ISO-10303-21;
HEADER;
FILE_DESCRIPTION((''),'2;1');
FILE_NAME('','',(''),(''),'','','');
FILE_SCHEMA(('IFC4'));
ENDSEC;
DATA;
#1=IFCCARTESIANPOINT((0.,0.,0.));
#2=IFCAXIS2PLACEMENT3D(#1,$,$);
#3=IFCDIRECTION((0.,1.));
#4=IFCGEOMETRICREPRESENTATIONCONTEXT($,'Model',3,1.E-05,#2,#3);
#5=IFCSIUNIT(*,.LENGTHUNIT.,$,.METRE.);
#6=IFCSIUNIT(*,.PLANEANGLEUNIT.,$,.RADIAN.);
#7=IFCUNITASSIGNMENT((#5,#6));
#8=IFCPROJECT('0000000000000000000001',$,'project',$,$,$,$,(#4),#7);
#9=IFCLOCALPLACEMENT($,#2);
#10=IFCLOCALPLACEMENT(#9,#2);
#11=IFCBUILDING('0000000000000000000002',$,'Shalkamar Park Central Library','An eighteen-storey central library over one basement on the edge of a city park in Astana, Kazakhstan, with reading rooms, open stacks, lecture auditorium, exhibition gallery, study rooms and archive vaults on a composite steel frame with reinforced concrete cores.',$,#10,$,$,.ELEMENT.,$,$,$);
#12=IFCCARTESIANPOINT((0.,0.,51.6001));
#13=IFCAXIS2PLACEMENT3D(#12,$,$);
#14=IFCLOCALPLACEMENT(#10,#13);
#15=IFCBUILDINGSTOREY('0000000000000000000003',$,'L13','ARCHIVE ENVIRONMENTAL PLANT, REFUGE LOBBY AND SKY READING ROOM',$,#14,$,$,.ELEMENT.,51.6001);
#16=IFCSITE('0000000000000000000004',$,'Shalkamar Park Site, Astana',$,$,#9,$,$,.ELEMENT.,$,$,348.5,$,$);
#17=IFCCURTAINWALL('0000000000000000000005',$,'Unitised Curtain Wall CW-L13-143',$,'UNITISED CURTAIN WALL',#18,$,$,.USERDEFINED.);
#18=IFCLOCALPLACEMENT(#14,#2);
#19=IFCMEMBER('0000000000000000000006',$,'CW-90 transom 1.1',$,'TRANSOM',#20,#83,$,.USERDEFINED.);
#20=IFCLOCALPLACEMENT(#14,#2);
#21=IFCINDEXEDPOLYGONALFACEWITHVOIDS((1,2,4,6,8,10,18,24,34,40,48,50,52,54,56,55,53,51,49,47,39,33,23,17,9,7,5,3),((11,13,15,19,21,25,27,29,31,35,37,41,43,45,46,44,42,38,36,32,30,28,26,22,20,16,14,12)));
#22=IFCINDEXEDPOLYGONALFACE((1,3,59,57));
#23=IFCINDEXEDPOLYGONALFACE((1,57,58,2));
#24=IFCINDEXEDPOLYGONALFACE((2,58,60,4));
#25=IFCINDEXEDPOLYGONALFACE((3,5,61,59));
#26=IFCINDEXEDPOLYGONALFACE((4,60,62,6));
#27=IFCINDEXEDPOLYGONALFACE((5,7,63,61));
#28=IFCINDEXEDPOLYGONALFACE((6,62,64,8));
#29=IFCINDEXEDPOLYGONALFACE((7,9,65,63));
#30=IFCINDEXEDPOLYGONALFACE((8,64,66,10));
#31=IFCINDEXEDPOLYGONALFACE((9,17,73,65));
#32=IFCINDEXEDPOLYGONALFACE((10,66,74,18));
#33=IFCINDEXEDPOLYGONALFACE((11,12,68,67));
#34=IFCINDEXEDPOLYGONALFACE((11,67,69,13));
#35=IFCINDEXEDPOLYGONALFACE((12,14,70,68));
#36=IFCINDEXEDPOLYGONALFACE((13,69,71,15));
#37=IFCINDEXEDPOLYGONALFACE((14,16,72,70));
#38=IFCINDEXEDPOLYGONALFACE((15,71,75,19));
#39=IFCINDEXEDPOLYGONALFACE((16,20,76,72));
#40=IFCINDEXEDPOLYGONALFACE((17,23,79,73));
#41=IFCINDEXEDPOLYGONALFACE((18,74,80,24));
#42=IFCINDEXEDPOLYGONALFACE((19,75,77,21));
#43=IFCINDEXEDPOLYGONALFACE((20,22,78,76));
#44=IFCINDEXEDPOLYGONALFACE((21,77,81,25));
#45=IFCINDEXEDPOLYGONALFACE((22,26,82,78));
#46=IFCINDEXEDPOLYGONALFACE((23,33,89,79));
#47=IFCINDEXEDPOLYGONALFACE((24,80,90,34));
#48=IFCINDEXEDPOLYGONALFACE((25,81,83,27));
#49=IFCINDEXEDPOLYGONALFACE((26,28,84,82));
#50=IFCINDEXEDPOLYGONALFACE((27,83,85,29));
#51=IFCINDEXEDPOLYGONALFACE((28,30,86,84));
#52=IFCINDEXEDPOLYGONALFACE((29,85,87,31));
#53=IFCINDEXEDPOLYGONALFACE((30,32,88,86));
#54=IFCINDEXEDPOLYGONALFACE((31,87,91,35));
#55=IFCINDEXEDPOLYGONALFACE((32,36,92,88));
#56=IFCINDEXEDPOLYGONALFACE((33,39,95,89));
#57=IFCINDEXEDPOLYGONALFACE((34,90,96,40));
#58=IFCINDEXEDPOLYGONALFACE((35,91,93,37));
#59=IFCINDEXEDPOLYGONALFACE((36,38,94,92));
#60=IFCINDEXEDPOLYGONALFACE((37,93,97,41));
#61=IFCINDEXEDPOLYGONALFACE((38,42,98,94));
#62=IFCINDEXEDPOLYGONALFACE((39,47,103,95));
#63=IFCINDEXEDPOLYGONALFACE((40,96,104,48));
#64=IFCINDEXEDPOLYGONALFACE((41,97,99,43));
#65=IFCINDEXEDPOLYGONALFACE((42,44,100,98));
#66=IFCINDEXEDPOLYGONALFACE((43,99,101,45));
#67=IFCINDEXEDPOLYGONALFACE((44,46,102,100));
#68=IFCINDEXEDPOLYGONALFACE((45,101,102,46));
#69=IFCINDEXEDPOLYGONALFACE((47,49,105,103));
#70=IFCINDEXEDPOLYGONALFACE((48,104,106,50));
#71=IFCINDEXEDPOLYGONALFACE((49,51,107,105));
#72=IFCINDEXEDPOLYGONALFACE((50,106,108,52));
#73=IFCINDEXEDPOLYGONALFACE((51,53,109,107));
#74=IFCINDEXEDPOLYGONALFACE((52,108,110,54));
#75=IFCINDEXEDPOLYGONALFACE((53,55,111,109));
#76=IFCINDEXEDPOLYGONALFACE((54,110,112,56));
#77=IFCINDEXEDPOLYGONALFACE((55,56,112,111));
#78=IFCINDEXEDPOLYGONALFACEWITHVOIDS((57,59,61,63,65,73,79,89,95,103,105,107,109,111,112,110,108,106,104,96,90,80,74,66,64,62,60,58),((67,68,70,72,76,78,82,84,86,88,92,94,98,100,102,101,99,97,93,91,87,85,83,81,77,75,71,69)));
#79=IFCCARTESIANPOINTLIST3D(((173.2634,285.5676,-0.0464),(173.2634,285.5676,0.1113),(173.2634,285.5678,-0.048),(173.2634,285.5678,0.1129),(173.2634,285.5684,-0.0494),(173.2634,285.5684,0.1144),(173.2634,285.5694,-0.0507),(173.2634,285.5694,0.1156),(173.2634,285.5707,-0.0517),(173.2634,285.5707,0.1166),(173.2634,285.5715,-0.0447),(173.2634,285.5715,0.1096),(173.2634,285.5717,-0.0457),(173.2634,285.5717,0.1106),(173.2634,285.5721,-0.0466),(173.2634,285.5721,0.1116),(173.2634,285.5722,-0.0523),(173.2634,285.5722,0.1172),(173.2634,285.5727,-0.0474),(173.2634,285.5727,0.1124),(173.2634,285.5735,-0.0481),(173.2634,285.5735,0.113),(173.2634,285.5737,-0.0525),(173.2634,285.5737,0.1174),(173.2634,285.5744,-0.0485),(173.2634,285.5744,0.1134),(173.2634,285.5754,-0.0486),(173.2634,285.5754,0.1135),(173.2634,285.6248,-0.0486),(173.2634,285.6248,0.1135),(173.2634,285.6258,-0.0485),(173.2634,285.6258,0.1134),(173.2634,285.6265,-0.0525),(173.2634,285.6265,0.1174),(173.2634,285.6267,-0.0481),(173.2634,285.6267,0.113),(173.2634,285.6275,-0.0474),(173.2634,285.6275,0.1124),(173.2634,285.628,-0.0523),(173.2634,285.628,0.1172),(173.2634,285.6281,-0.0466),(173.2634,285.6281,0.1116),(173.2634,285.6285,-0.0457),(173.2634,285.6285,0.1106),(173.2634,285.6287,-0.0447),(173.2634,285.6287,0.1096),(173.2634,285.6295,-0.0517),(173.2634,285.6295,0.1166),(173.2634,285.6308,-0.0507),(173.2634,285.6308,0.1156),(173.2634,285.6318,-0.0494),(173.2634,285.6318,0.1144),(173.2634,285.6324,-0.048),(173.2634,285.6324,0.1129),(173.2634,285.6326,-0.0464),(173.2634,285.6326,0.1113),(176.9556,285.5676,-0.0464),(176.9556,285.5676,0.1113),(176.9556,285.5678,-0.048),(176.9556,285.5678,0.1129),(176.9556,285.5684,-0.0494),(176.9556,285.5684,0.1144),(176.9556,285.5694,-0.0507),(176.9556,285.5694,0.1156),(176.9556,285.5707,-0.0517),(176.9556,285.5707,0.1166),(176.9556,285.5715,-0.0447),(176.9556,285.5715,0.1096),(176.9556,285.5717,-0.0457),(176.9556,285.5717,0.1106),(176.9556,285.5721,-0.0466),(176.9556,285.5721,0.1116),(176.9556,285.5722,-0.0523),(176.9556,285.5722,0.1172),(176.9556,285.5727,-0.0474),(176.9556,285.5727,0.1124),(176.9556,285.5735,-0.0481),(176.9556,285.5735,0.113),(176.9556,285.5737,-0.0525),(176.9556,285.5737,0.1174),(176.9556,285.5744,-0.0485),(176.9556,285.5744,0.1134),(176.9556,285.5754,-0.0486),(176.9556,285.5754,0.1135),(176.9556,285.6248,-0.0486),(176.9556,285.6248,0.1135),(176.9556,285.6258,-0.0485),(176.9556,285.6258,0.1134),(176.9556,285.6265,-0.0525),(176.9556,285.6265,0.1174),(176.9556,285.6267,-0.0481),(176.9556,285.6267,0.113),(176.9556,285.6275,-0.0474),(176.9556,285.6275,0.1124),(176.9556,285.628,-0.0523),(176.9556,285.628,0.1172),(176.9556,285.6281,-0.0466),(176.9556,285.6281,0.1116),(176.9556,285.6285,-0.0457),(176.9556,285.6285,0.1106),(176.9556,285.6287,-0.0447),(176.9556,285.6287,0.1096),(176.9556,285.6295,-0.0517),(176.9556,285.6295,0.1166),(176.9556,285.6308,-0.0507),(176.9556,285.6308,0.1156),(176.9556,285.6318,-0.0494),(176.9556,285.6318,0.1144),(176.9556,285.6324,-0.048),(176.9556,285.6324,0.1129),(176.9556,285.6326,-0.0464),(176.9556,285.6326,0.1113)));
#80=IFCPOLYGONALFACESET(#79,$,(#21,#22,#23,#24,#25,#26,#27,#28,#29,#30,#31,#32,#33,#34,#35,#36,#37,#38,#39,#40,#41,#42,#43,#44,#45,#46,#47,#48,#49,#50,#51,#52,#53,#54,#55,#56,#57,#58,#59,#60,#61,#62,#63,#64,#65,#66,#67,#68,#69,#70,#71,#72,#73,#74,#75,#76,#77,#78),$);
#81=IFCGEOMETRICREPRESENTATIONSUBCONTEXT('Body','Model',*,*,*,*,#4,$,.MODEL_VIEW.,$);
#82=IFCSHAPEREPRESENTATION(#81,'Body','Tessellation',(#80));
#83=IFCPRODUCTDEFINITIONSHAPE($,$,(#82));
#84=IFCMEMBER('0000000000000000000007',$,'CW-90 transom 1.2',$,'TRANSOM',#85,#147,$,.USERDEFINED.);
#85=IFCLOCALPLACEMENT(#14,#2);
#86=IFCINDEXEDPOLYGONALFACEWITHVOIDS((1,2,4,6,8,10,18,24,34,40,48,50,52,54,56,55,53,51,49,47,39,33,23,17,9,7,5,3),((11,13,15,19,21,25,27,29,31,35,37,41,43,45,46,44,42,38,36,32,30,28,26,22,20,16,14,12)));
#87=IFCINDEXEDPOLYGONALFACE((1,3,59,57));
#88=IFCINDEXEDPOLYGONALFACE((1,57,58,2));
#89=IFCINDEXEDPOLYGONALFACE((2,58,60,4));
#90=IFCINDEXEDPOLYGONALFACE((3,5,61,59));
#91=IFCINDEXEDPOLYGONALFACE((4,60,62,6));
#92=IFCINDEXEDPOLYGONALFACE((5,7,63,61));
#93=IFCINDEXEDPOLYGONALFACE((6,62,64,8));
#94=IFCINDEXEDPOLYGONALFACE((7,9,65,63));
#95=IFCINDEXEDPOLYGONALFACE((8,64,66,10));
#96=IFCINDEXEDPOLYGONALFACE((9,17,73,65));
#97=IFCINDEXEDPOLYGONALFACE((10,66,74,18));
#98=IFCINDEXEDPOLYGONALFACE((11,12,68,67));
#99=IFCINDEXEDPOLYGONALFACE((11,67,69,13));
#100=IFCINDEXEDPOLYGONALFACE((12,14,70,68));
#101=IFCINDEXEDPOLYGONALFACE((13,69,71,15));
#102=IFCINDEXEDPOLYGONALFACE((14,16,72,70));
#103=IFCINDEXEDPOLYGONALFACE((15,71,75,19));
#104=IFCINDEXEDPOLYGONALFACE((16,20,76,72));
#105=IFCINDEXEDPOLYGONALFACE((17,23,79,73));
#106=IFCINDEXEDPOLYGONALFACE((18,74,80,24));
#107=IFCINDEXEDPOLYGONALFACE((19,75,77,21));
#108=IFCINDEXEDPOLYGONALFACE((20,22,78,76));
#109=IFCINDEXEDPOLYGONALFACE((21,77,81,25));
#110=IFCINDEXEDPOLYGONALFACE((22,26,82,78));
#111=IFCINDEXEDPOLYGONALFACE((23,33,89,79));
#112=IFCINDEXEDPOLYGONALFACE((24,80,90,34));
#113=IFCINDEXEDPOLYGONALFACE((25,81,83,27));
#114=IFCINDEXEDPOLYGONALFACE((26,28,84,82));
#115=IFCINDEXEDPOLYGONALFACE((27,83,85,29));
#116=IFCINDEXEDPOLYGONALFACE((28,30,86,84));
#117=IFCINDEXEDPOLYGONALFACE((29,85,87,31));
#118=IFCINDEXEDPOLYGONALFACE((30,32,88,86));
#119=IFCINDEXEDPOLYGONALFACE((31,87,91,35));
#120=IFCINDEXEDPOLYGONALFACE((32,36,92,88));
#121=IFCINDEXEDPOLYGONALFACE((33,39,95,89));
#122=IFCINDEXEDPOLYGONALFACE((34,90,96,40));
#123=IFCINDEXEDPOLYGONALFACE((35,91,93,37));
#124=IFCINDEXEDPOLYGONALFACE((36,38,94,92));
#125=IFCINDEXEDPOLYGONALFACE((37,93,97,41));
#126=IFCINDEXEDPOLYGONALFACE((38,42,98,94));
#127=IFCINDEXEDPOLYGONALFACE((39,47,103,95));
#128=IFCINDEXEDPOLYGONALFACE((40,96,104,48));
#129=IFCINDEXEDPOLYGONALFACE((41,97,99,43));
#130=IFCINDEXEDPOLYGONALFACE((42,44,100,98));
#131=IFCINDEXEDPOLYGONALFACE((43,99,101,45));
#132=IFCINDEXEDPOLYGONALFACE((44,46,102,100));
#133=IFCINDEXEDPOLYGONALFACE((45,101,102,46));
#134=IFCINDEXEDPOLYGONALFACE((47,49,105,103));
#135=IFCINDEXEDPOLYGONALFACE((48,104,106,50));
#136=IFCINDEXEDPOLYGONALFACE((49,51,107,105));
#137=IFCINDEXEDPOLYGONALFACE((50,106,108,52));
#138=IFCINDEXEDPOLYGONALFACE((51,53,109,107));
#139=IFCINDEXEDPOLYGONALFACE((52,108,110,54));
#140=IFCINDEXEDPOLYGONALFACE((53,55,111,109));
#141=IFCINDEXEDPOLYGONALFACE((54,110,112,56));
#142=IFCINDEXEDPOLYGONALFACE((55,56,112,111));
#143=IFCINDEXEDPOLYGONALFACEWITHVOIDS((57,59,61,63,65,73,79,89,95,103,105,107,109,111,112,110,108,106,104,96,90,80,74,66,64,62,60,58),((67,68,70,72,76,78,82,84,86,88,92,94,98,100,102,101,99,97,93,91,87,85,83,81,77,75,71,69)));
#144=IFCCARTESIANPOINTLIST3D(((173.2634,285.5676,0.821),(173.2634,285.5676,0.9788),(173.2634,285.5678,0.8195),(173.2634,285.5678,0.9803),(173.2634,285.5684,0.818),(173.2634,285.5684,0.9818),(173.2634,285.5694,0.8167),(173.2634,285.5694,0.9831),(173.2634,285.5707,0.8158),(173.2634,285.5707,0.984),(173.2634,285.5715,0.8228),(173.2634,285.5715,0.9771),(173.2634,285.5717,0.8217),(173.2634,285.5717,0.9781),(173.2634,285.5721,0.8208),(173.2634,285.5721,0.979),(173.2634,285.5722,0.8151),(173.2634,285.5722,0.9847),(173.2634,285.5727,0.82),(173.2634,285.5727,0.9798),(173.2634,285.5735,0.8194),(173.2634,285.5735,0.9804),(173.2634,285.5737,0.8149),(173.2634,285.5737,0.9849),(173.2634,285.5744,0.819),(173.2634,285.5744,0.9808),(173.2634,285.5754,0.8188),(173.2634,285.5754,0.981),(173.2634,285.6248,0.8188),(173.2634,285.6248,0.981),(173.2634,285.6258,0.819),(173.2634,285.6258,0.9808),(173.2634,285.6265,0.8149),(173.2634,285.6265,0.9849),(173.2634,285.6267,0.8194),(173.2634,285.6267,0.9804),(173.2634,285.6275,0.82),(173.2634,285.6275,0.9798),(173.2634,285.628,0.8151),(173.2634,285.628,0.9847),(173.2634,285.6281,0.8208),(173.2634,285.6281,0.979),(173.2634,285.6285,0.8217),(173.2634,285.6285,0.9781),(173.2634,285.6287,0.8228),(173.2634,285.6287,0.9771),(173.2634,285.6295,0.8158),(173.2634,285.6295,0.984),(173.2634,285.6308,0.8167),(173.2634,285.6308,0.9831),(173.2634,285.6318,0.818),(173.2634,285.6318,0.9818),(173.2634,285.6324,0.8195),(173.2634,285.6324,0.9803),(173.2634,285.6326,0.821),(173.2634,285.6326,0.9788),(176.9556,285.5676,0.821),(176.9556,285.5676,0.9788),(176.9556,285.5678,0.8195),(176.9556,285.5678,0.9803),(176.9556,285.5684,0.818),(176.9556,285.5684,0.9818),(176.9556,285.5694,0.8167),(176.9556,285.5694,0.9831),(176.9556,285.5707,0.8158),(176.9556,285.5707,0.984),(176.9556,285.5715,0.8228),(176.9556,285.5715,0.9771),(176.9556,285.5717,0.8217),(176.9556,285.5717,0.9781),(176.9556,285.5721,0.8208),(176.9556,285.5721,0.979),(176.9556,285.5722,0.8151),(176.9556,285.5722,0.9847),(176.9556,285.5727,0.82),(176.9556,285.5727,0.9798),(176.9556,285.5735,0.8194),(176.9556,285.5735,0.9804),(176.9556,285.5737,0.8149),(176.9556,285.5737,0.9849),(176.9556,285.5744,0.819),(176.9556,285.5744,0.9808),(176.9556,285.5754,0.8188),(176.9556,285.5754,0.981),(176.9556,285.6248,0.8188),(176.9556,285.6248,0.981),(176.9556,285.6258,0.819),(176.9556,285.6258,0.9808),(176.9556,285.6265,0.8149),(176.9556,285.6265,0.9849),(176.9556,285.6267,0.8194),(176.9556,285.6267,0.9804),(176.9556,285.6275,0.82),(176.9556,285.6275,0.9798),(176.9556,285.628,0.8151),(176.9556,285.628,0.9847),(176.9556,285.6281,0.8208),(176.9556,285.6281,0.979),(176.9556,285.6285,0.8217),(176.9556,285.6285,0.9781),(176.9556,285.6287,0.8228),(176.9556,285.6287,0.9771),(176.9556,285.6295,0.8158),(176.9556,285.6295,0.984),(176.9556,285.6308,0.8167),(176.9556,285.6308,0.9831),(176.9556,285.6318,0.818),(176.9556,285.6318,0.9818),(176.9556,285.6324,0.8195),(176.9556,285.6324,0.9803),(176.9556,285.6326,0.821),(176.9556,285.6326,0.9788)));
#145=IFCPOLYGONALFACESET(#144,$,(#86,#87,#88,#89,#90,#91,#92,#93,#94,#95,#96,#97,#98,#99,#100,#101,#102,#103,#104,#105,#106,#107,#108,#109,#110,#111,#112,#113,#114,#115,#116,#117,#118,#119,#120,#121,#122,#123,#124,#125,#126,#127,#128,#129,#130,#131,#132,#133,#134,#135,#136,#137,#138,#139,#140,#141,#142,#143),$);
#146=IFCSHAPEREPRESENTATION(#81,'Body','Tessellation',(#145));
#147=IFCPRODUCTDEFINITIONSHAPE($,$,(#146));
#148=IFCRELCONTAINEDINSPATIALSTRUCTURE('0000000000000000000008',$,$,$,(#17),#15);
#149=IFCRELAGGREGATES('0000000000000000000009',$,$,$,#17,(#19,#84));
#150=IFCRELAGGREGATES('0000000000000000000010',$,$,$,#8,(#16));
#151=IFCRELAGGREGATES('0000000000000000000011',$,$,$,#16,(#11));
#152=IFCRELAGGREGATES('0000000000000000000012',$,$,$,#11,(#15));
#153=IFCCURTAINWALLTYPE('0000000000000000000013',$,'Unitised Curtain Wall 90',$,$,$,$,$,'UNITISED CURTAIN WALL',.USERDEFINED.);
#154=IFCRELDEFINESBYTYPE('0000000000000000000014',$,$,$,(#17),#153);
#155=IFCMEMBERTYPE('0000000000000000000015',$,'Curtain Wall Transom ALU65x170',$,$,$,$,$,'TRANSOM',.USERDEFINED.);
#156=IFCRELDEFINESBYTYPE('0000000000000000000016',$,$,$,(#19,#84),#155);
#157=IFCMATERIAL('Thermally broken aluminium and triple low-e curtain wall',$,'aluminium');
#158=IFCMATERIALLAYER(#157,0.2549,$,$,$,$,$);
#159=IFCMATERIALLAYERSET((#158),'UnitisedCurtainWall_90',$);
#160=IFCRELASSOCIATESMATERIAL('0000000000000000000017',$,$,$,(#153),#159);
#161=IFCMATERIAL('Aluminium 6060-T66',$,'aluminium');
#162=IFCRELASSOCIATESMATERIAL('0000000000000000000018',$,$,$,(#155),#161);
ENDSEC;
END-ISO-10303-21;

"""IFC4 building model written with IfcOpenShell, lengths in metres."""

from ifc_helpers import new_model, si_unit, direction, frame, origin, origin_2d, place, context, subcontext, project, spatial, hollow_rectangle, extrude, material, layer, layer_set, material_profile, profile_set, type_object, element, aggregate, save


model = new_model("IFC4")

# Units and contexts
model_context = context("Model", 3, precision=1e-05, world=origin(), true_north=direction((0.0, 1.0)))
body_context = subcontext(model_context, "Body", "Model", "MODEL_VIEW")
ifc_project = project(units=[si_unit("LENGTHUNIT", "METRE"), si_unit("PLANEANGLEUNIT", "RADIAN")], contexts=[model_context])

# Site, building, storey
site_placement = place(None, origin())
site = spatial("IfcSite", under=ifc_project, at=site_placement, Name="Shalkamar Park Site, Astana", CompositionType="ELEMENT", RefElevation=348.5)
building_placement = place(site_placement, origin())
building = spatial("IfcBuilding", under=site, at=building_placement, Name="Shalkamar Park Central Library", Description="An eighteen-storey central library over one basement on the edge of a city park in Astana, Kazakhstan, with reading rooms, open stacks, lecture auditorium, exhibition gallery, study rooms and archive vaults on a composite steel frame with reinforced concrete cores.", CompositionType="ELEMENT")
storey_placement = place(building_placement, frame((0.0, 0.0, 51.6001)))
storey = spatial("IfcBuildingStorey", under=building, at=storey_placement, Name="L13", Description="ARCHIVE ENVIRONMENTAL PLANT, REFUGE LOBBY AND SKY READING ROOM", CompositionType="ELEMENT", Elevation=51.6001)

# Shared definitions
ifc_material_1 = material(Name="Thermally broken aluminium and triple low-e curtain wall", Category="aluminium")
ifc_material_2 = material(Name="Aluminium 6060-T66", Category="aluminium")

# Curtain wall
ifc_layer_1 = layer(ifc_material_1, 0.2549)
ifc_layer_set_1 = layer_set([ifc_layer_1], Name="UnitisedCurtainWall_90")
curtain_wall_type_1 = type_object("IfcCurtainWallType", Name="Unitised Curtain Wall 90", ElementType="UNITISED CURTAIN WALL", PredefinedType="USERDEFINED", material=ifc_layer_set_1)
curtain_wall_1_placement = place(storey_placement, origin())
curtain_wall_1 = element("IfcCurtainWall", 1, at=curtain_wall_1_placement, inside=storey, type_object=curtain_wall_type_1, Name="Unitised Curtain Wall CW-L13-143", ObjectType="UNITISED CURTAIN WALL", PredefinedType="USERDEFINED")

# Members
ifc_material_profile_1 = material_profile(ifc_material_2, hollow_rectangle(XDim=0.0649, YDim=0.1699, WallThickness=0.0039, InnerFilletRadius=0.0039, OuterFilletRadius=0.0061, at=origin_2d()), Name="ALU 65x170x4")
ifc_profile_set_1 = profile_set([ifc_material_profile_1], Name="Aluminium 6060-T66")
member_type_1 = type_object("IfcMemberType", Name="Curtain Wall Transom ALU65x170", ElementType="TRANSOM", PredefinedType="USERDEFINED", material=ifc_profile_set_1)
member_1_placement = place(storey_placement, frame((173.2634, 285.6001, 0.0325), z_axis=(1.0, 0.0, 0.0), x_axis=(0.0, 1.0, 0.0)))
member_1 = element("IfcMember", 2, at=member_1_placement, type_object=member_type_1, Name="CW-90 transom 1.1", ObjectType="TRANSOM", PredefinedType="USERDEFINED", context=body_context, shape_type="SweptSolid", body=[
    extrude(hollow_rectangle(XDim=0.0649, YDim=0.1699, WallThickness=0.0039, InnerFilletRadius=0.0039, OuterFilletRadius=0.0061, at=origin_2d()), origin(), (0.0, 0.0, 1.0), 3.6921),
])
member_2_placement = place(storey_placement, frame((173.2634, 285.6001, 0.8999), z_axis=(1.0, 0.0, 0.0), x_axis=(0.0, 1.0, 0.0)))
member_2 = element("IfcMember", 3, at=member_2_placement, type_object=member_type_1, Name="CW-90 transom 1.2", ObjectType="TRANSOM", PredefinedType="USERDEFINED", context=body_context, shape_type="SweptSolid", body=[
    extrude(hollow_rectangle(XDim=0.0649, YDim=0.1699, WallThickness=0.0039, InnerFilletRadius=0.0039, OuterFilletRadius=0.0061, at=origin_2d()), origin(), (0.0, 0.0, 1.0), 3.6921),
])
aggregate(curtain_wall_1, [member_1, member_2])

save(model, "model.ifc")
